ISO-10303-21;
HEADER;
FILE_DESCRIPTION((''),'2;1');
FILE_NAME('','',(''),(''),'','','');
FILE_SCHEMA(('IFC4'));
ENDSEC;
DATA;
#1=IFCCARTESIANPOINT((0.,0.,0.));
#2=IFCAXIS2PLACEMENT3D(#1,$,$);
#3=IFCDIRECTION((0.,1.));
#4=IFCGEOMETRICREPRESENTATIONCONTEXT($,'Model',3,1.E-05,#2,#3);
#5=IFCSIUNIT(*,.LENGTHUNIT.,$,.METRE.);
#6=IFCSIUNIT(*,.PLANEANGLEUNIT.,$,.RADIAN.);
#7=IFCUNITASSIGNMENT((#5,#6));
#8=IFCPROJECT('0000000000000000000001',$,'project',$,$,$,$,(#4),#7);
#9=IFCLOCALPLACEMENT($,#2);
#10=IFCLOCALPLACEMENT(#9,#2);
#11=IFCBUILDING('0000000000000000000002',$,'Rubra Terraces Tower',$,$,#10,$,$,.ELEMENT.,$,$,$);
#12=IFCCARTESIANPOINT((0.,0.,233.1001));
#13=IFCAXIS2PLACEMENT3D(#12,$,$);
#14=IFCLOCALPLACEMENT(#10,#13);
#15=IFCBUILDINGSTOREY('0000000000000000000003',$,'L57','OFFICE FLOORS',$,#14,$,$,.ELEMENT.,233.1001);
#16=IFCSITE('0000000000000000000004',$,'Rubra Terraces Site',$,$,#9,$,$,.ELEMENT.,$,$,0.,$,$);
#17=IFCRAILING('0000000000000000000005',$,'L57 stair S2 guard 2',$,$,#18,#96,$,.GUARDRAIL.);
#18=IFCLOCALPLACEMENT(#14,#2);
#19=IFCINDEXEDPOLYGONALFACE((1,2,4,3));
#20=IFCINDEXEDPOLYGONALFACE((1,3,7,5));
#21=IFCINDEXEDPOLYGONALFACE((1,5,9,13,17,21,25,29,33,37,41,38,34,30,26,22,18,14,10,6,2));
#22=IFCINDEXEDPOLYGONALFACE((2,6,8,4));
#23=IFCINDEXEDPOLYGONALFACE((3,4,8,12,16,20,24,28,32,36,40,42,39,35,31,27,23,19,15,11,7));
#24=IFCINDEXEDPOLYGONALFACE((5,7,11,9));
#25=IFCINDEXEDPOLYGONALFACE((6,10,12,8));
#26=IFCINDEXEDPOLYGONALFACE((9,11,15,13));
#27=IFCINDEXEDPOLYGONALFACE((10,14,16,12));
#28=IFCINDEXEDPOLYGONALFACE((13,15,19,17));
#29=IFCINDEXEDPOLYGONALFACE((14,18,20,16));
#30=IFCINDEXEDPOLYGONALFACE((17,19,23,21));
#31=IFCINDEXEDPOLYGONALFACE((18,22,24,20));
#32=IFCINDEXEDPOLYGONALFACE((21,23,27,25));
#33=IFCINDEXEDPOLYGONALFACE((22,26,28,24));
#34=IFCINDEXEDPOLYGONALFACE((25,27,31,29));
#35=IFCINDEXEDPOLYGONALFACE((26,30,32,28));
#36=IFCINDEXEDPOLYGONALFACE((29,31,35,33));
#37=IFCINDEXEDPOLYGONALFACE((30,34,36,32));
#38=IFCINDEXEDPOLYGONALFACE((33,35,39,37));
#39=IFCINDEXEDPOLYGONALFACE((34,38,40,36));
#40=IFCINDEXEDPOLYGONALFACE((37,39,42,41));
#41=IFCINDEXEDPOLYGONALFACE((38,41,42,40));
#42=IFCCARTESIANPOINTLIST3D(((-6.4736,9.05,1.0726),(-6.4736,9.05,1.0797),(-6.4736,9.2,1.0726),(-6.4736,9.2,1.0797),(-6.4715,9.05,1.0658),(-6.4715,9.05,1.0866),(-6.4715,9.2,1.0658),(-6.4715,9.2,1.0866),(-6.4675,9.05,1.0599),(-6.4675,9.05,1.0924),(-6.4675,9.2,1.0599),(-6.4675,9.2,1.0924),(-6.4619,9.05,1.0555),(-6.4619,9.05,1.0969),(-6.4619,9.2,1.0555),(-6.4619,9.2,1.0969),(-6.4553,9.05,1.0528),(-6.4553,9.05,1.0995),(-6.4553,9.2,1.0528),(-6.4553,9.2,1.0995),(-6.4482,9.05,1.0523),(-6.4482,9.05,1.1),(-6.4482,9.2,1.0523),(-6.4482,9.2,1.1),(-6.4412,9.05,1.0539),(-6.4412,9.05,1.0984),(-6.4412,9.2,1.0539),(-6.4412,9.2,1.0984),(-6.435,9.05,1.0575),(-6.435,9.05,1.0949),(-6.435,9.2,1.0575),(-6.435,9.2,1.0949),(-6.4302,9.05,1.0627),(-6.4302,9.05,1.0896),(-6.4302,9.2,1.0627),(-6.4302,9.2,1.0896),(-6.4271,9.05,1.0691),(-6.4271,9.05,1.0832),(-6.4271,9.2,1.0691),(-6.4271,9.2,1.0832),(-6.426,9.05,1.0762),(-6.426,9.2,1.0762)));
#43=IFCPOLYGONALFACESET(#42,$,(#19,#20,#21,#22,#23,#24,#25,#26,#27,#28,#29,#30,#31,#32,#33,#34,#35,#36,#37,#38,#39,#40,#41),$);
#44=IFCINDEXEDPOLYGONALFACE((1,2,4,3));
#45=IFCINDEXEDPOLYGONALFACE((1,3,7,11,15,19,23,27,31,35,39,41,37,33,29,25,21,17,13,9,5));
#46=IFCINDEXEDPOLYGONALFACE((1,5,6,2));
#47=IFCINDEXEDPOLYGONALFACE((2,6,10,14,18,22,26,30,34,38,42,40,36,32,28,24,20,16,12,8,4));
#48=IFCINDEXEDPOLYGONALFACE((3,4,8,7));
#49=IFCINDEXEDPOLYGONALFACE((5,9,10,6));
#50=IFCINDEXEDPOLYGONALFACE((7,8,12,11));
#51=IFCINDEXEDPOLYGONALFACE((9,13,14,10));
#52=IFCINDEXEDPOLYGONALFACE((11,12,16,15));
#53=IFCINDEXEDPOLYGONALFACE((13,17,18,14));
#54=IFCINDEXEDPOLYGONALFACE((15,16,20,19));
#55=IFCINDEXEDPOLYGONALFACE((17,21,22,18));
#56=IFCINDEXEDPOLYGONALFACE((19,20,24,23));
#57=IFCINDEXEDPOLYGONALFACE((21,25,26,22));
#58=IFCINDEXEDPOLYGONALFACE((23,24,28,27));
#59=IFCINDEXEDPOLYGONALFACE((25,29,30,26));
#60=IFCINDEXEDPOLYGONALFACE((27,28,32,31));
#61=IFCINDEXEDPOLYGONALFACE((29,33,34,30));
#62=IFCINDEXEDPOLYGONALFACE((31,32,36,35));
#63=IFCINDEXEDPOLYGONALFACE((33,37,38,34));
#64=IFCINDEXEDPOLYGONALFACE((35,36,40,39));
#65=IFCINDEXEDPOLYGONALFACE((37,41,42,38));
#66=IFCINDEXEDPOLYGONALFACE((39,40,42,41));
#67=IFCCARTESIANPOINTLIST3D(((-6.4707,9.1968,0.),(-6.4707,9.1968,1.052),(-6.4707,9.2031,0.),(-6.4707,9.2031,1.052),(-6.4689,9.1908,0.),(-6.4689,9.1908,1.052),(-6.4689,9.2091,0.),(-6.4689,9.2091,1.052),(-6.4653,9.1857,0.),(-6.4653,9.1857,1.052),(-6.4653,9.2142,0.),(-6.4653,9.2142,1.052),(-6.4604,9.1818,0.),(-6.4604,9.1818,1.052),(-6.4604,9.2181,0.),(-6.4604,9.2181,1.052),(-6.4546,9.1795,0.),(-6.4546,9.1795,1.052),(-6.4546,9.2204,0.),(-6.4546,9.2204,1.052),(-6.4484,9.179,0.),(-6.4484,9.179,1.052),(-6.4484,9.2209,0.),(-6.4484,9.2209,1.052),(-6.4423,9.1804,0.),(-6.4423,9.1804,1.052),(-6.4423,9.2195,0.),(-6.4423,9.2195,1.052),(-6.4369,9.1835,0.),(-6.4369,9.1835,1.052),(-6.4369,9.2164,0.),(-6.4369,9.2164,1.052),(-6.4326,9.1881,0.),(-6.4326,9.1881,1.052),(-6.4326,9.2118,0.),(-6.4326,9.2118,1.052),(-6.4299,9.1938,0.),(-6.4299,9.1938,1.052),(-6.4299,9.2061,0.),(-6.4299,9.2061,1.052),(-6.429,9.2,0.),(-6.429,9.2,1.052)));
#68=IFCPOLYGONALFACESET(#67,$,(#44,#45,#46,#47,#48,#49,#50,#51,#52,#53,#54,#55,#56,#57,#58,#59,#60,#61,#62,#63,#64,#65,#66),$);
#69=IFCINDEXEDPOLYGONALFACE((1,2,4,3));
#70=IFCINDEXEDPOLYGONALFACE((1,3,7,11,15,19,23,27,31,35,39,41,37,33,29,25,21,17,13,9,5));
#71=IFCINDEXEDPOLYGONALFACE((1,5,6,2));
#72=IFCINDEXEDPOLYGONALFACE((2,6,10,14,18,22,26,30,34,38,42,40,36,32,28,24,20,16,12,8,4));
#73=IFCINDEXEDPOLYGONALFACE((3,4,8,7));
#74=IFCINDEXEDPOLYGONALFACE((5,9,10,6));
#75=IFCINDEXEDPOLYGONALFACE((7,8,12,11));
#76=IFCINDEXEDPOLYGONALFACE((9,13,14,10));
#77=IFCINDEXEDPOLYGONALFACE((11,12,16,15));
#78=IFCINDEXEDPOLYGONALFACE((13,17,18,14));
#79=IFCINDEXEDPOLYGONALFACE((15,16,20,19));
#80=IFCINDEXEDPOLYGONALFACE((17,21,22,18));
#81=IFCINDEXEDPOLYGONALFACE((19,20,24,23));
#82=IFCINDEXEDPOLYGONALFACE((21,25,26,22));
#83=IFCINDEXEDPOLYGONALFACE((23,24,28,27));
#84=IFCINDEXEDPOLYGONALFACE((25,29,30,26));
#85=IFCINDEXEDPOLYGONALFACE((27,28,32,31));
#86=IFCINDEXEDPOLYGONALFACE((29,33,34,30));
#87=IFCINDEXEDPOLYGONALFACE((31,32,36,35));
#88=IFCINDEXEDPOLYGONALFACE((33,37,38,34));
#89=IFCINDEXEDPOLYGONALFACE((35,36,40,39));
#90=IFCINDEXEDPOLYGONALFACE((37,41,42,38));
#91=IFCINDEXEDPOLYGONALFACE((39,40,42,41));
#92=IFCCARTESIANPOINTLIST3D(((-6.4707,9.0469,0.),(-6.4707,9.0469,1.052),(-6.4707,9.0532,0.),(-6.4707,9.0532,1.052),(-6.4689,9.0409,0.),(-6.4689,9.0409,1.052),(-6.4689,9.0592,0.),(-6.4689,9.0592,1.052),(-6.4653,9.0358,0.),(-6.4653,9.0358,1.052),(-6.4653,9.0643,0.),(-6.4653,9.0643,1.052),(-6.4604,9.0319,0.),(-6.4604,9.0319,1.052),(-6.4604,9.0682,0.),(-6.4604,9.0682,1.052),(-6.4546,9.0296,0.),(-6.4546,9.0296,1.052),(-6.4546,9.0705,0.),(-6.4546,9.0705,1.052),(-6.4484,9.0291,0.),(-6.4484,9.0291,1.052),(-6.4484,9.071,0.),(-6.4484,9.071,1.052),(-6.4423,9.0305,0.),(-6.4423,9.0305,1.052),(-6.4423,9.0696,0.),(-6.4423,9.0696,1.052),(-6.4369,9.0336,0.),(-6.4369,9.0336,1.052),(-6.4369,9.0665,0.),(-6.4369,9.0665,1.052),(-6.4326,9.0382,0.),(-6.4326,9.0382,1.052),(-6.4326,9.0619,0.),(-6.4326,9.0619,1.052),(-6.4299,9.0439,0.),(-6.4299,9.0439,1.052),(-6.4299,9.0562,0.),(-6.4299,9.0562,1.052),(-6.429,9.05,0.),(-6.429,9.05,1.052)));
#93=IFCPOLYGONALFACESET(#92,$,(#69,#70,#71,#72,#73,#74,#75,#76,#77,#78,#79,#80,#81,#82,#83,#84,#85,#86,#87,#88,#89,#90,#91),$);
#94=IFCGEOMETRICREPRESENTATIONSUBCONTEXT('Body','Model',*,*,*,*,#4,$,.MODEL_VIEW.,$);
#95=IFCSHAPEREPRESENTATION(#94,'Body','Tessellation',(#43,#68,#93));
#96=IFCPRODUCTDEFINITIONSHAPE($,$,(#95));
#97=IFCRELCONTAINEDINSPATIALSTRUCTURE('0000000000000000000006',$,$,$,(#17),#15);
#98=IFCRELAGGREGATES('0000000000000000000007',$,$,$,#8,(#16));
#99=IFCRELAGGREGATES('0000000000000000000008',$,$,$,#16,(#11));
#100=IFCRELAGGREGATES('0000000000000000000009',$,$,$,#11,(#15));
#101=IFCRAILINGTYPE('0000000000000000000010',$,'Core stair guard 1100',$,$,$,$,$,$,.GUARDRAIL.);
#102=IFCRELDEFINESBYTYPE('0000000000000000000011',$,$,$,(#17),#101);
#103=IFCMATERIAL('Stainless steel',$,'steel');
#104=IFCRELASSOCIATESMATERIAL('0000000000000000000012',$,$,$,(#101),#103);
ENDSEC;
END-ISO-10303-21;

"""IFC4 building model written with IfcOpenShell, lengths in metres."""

from ifc_helpers import new_model, si_unit, direction, frame, origin, origin_2d, place, context, subcontext, project, spatial, circle, extrude, material, type_object, element, save


model = new_model("IFC4")

# Units and contexts
model_context = context("Model", 3, precision=1e-05, world=origin(), true_north=direction((0.0, 1.0)))
body_context = subcontext(model_context, "Body", "Model", "MODEL_VIEW")
ifc_project = project(units=[si_unit("LENGTHUNIT", "METRE"), si_unit("PLANEANGLEUNIT", "RADIAN")], contexts=[model_context])

# Site, building, storey
site_placement = place(None, origin())
site = spatial("IfcSite", under=ifc_project, at=site_placement, Name="Rubra Terraces Site", CompositionType="ELEMENT", RefElevation=0.0)
building_placement = place(site_placement, origin())
building = spatial("IfcBuilding", under=site, at=building_placement, Name="Rubra Terraces Tower", CompositionType="ELEMENT")
storey_placement = place(building_placement, frame((0.0, 0.0, 233.1001)))
storey = spatial("IfcBuildingStorey", under=building, at=storey_placement, Name="L57", Description="OFFICE FLOORS", CompositionType="ELEMENT", Elevation=233.1001)

# Railing
ifc_material_1 = material(Name="Stainless steel", Category="steel")
railing_type_1 = type_object("IfcRailingType", Name="Core stair guard 1100", PredefinedType="GUARDRAIL", material=ifc_material_1)
railing_1_placement = place(storey_placement, frame((-6.45, 9.2, 0.0)))
element("IfcRailing", 1, at=railing_1_placement, inside=storey, type_object=railing_type_1, Name="L57 stair S2 guard 2", PredefinedType="GUARDRAIL", context=body_context, shape_type="SweptSolid", body=[
    extrude(circle(Radius=0.0239, at=origin_2d()), frame((0.0, 0.0, 1.0762), z_axis=(0.0, -1.0, 0.0), x_axis=(1.0, 0.0, 0.0)), (0.0, 0.0, 1.0), 0.1499),
    extrude(circle(Radius=0.021, at=origin_2d()), origin(), (0.0, 0.0, 1.0), 1.052),
    extrude(circle(Radius=0.021, at=origin_2d()), frame((0.0, -0.1499, 0.0)), (0.0, 0.0, 1.0), 1.052),
])

save(model, "model.ifc")
